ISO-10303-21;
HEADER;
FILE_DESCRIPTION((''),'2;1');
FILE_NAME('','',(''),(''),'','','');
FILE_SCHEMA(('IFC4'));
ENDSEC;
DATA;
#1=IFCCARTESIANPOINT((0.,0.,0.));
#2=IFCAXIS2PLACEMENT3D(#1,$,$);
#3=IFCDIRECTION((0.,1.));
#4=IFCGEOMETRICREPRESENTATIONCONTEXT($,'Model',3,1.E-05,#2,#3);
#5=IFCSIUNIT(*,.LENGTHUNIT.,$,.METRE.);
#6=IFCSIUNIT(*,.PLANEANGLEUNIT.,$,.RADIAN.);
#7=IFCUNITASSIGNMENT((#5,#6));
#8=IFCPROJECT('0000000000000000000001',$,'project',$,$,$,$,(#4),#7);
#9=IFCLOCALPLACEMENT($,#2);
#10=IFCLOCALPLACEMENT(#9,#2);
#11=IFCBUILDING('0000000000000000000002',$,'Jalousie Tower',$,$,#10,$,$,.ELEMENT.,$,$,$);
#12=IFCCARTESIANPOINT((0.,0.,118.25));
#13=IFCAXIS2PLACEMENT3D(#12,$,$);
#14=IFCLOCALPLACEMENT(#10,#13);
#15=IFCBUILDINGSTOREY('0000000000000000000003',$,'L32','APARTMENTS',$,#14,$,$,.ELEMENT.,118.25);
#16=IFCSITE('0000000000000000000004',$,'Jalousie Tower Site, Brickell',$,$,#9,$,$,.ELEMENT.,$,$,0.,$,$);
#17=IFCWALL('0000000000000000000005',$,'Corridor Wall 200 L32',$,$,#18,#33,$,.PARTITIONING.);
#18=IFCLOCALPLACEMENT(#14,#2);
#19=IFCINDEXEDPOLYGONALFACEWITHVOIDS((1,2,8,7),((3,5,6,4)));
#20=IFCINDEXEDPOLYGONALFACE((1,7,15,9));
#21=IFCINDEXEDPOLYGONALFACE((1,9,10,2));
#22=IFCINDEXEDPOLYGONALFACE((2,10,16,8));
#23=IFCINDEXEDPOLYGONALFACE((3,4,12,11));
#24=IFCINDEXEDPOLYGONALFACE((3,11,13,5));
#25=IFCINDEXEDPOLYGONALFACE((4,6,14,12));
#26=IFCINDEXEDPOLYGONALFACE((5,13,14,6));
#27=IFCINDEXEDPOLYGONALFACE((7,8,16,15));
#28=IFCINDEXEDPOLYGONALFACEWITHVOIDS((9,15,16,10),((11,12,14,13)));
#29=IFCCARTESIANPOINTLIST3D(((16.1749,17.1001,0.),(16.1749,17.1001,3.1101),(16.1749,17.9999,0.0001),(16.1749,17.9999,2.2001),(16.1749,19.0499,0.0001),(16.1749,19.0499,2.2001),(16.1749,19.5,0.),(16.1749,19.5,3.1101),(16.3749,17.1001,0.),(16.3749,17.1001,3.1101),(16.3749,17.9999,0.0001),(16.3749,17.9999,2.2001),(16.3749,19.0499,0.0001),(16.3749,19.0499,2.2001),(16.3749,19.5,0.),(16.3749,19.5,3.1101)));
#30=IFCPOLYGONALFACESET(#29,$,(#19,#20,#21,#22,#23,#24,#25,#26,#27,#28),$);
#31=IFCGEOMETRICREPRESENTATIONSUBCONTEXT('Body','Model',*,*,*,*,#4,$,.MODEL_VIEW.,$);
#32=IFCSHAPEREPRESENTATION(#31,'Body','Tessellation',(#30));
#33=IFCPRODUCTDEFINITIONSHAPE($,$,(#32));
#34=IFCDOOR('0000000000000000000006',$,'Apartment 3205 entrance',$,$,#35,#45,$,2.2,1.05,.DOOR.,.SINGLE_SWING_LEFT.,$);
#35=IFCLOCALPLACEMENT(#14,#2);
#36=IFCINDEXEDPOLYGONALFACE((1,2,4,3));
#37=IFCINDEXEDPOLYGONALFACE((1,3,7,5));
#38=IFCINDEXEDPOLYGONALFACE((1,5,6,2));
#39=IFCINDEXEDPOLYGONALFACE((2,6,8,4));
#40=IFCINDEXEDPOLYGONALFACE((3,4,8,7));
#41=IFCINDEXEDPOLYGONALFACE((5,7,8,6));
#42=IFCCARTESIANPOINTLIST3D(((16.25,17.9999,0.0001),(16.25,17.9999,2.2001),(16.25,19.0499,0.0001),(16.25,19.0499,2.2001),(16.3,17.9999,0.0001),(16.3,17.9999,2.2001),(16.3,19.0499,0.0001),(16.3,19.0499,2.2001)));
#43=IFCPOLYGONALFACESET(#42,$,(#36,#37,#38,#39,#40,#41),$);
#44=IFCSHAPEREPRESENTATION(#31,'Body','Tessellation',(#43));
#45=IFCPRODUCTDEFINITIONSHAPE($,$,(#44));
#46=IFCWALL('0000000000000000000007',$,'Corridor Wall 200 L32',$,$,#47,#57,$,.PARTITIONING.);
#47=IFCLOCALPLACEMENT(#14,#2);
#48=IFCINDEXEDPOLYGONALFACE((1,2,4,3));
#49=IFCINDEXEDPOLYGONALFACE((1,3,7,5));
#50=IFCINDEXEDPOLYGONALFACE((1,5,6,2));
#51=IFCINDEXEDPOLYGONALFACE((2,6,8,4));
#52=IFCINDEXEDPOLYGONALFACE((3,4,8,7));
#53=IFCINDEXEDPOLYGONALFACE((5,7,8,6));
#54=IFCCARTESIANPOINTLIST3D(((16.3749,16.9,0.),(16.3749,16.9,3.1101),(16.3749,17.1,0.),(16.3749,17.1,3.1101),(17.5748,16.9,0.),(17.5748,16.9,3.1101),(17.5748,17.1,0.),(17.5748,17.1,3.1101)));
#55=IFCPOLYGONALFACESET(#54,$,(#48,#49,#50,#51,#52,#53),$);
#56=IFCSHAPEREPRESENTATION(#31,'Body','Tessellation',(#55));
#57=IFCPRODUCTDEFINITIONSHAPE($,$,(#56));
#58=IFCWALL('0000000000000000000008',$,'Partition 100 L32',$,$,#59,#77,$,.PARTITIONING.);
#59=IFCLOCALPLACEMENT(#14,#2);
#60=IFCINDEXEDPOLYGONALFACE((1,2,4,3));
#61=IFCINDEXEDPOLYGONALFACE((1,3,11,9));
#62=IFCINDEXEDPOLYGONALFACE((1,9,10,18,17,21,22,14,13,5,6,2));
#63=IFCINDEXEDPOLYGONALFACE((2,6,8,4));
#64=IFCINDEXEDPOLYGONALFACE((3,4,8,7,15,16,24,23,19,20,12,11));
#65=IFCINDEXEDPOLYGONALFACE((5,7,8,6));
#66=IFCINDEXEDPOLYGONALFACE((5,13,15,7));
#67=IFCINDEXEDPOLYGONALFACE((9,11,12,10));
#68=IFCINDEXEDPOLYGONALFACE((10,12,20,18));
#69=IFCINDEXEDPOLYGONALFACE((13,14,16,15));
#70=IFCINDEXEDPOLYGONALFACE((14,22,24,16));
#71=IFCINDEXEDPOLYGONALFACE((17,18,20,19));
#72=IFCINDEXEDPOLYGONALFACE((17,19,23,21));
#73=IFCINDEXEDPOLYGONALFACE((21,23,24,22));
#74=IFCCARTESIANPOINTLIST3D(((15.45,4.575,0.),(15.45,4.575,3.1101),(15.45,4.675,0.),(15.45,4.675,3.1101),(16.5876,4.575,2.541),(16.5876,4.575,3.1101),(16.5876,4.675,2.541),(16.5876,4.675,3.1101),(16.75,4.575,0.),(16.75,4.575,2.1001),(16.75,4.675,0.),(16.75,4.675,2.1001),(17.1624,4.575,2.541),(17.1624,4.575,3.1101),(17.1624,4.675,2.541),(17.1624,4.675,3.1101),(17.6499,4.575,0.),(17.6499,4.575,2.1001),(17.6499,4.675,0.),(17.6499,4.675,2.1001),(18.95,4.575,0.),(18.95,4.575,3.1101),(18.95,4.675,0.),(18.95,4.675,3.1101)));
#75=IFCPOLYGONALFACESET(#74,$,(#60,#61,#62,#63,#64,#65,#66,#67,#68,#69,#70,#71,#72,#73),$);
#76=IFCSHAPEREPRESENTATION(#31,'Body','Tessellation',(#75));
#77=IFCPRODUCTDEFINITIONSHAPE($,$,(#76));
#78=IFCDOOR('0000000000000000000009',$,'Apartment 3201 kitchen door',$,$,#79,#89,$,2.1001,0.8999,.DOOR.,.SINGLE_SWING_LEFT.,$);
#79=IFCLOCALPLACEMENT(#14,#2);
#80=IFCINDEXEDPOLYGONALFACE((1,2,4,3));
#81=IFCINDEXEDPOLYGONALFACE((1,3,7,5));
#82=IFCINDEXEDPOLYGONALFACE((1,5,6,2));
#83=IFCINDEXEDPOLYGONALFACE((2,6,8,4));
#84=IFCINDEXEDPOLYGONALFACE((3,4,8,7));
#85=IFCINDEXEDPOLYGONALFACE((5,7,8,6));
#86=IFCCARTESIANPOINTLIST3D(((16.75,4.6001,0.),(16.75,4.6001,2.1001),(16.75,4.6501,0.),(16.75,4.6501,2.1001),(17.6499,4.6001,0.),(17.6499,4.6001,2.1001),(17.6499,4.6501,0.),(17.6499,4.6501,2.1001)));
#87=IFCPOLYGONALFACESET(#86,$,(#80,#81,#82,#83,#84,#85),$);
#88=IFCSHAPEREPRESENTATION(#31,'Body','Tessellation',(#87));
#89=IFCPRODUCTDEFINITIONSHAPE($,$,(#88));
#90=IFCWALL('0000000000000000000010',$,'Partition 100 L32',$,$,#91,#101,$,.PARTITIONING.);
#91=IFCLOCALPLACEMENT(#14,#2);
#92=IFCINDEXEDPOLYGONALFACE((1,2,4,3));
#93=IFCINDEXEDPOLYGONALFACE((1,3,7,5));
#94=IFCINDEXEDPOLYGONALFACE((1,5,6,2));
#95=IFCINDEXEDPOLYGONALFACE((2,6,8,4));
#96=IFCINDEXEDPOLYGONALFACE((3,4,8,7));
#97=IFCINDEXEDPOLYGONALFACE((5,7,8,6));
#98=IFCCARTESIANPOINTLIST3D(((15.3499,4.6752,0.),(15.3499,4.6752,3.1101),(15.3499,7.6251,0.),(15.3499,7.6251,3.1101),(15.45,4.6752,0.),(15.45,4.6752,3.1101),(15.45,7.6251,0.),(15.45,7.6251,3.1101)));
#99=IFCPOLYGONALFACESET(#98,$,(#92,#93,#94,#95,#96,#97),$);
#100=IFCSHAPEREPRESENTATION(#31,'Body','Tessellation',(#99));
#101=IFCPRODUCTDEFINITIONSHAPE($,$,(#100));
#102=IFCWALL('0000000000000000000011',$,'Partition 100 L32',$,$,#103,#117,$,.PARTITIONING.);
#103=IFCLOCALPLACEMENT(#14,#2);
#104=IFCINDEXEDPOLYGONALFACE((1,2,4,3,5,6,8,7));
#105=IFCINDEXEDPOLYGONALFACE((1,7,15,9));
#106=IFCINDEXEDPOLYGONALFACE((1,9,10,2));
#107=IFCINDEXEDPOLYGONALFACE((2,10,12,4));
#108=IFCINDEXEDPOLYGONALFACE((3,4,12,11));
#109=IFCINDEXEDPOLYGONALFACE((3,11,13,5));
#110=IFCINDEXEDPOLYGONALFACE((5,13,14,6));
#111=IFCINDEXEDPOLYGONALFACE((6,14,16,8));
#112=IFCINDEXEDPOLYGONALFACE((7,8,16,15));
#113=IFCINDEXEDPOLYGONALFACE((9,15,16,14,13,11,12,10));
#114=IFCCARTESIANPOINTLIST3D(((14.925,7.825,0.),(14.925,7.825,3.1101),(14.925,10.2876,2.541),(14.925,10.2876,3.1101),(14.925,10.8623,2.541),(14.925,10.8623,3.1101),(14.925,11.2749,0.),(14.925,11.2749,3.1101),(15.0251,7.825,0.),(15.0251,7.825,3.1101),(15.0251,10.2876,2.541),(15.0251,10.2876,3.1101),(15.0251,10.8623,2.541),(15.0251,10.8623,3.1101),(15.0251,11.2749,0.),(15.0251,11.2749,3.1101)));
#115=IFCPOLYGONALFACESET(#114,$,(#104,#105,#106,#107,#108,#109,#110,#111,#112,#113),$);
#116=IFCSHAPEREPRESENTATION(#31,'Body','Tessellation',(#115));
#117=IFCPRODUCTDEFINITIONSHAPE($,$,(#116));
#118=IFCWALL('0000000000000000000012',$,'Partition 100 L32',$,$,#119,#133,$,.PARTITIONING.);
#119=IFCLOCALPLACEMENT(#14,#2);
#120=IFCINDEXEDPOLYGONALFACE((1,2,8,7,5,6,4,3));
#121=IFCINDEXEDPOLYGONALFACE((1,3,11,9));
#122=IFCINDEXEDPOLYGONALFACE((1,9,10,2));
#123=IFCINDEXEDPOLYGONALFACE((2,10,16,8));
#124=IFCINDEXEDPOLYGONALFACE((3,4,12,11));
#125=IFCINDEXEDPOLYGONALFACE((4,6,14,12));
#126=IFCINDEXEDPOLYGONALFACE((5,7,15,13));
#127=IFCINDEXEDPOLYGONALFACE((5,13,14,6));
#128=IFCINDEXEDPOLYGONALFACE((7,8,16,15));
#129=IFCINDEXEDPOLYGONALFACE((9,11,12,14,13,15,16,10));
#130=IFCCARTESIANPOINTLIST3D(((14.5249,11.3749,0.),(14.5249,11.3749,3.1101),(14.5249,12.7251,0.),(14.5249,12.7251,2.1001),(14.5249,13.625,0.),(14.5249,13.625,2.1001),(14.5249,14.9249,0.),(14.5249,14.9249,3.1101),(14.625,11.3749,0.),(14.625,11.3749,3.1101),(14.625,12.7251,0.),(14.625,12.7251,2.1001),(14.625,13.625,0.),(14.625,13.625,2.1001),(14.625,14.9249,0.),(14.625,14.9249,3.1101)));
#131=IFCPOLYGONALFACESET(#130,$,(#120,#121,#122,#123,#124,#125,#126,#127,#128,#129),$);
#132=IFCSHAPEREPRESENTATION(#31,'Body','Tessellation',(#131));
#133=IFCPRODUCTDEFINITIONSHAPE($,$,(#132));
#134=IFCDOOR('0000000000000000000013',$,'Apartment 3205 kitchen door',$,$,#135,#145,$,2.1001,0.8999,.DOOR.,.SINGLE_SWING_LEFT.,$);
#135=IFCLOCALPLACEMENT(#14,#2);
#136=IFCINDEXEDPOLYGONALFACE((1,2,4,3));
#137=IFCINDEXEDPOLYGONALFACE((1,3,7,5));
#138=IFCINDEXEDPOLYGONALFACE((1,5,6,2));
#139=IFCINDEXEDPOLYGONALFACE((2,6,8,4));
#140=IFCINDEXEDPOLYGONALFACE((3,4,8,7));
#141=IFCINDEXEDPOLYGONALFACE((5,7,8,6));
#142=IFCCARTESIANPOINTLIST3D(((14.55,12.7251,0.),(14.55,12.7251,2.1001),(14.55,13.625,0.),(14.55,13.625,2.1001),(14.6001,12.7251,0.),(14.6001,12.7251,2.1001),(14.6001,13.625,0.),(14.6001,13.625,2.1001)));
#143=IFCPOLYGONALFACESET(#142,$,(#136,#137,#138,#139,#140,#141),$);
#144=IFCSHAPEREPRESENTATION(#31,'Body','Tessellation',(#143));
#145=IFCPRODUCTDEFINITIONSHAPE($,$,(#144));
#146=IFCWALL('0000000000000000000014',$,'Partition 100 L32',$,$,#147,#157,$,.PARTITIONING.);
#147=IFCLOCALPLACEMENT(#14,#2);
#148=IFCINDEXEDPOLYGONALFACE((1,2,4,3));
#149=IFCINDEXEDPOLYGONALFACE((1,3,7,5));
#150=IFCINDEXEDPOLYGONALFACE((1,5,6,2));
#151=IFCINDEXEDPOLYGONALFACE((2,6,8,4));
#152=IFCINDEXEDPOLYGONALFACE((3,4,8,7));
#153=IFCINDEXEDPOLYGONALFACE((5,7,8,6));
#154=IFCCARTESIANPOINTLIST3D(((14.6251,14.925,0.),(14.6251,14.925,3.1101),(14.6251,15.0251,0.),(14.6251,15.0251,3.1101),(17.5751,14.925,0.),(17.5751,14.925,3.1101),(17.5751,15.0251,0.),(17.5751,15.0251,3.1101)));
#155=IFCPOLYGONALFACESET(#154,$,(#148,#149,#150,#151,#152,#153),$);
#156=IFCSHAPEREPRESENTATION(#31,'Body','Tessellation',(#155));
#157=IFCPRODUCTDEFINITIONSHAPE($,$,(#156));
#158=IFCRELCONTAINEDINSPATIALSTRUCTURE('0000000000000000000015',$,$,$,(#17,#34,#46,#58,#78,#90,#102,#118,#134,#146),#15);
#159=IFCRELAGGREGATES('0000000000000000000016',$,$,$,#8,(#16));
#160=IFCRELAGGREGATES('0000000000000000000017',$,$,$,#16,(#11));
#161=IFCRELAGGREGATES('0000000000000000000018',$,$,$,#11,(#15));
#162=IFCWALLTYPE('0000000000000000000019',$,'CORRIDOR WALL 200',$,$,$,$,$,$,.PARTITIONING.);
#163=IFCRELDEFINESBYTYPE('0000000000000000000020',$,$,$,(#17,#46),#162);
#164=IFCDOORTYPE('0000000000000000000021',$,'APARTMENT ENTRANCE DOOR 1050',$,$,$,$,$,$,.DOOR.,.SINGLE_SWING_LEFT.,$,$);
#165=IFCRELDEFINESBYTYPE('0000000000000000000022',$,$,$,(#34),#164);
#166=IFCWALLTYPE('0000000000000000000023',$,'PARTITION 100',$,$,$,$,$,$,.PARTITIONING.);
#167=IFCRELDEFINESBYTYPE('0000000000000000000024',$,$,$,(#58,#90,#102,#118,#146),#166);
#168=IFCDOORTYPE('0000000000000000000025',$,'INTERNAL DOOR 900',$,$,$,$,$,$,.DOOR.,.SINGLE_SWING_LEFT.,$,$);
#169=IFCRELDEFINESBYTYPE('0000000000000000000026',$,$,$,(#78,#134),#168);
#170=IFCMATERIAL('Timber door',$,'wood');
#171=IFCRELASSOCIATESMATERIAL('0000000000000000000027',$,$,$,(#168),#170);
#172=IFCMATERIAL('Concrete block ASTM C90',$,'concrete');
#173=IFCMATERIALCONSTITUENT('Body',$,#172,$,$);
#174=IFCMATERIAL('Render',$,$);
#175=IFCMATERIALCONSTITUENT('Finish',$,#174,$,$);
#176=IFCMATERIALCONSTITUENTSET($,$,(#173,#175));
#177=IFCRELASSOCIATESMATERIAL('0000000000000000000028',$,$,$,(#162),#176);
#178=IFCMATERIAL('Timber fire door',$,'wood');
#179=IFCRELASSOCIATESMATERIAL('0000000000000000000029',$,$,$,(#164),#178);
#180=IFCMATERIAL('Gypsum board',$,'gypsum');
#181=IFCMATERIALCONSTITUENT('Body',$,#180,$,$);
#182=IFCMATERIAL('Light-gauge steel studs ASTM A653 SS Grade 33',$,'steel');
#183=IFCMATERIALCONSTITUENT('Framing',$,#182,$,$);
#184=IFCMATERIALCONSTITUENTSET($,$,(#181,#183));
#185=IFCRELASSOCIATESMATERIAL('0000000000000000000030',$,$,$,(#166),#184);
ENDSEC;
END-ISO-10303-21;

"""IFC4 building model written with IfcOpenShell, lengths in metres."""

from ifc_helpers import new_model, si_unit, direction, frame, frame_2d, origin, place, context, subcontext, project, spatial, polyline, rectangle, outline, extrude, material, constituent, constituent_set, type_object, element, fill, save


model = new_model("IFC4")

# Units and contexts
model_context = context("Model", 3, precision=1e-05, world=origin(), true_north=direction((0.0, 1.0)))
body_context = subcontext(model_context, "Body", "Model", "MODEL_VIEW")
ifc_project = project(units=[si_unit("LENGTHUNIT", "METRE"), si_unit("PLANEANGLEUNIT", "RADIAN")], contexts=[model_context])

# Site, building, storey
site_placement = place(None, origin())
site = spatial("IfcSite", under=ifc_project, at=site_placement, Name="Jalousie Tower Site, Brickell", CompositionType="ELEMENT", RefElevation=0.0)
building_placement = place(site_placement, origin())
building = spatial("IfcBuilding", under=site, at=building_placement, Name="Jalousie Tower", CompositionType="ELEMENT")
storey_placement = place(building_placement, frame((0.0, 0.0, 118.25)))
storey = spatial("IfcBuildingStorey", under=building, at=storey_placement, Name="L32", Description="APARTMENTS", CompositionType="ELEMENT", Elevation=118.25)

# Shared definitions
ifc_material_1 = material(Name="Timber door", Category="wood")
door_type_1 = type_object("IfcDoorType", Name="INTERNAL DOOR 900", OperationType="SINGLE_SWING_LEFT", PredefinedType="DOOR", material=ifc_material_1)

# Shared definitions
ifc_material_2 = material(Name="Concrete block ASTM C90", Category="concrete")
ifc_constituent_1 = constituent(ifc_material_2, Name="Body")
ifc_material_3 = material(Name="Render")
ifc_constituent_2 = constituent(ifc_material_3, Name="Finish")
ifc_constituent_set_1 = constituent_set(constituents=[ifc_constituent_1, ifc_constituent_2])
wall_type_1 = type_object("IfcWallType", Name="CORRIDOR WALL 200", PredefinedType="PARTITIONING", material=ifc_constituent_set_1)
ifc_material_4 = material(Name="Timber fire door", Category="wood")
door_type_2 = type_object("IfcDoorType", Name="APARTMENT ENTRANCE DOOR 1050", OperationType="SINGLE_SWING_LEFT", PredefinedType="DOOR", material=ifc_material_4)

# Wall, opening, door
wall_1_placement = place(storey_placement, frame((16.2749, 17.1001, 0.0), z_axis=(0.0, 0.0, 1.0), x_axis=(0.0, 1.0, 0.0)))
wall_1 = element("IfcWall", 1, at=wall_1_placement, inside=storey, type_object=wall_type_1, Name="Corridor Wall 200 L32", PredefinedType="PARTITIONING", context=body_context, shape_type="SweptSolid", body=[
    extrude(rectangle(XDim=2.3999, YDim=0.2, at=frame_2d((1.2, 0.0))), origin(), (0.0, 0.0, 1.0), 3.1101),
])
opening_1_placement = place(wall_1_placement, frame((0.8999, 0.0, 0.0)))
opening_1 = element("IfcOpeningElement", 2, at=opening_1_placement, cuts=wall_1, PredefinedType="OPENING", context=body_context, shape_type="SweptSolid", body=[
    extrude(rectangle(XDim=1.05, YDim=2.2, at=frame_2d((0.5249, 1.1001))), frame((0.0, 0.1099, 0.0), z_axis=(0.0, -1.0, 0.0), x_axis=(1.0, 0.0, 0.0)), (0.0, 0.0, 1.0), 0.22),
])
door_1_placement = place(opening_1_placement, origin())
door_1 = element("IfcDoor", 3, at=door_1_placement, inside=storey, type_object=door_type_2, Name="Apartment 3205 entrance", OperationType="SINGLE_SWING_LEFT", OverallHeight=2.2, OverallWidth=1.05, PredefinedType="DOOR", context=body_context, shape_type="SweptSolid", body=[
    extrude(rectangle(XDim=1.05, YDim=2.2, at=frame_2d((0.5249, 1.1001))), frame((0.0, 0.0249, 0.0), z_axis=(0.0, -1.0, 0.0), x_axis=(1.0, 0.0, 0.0)), (0.0, 0.0, 1.0), 0.05),
])
fill(opening_1, door_1)

# Wall
wall_2_placement = place(storey_placement, frame((17.575, 17.0, 0.0), z_axis=(0.0, 0.0, 1.0), x_axis=(-1.0, 0.0, 0.0)))
element("IfcWall", 4, at=wall_2_placement, inside=storey, type_object=wall_type_1, Name="Corridor Wall 200 L32", PredefinedType="PARTITIONING", context=body_context, shape_type="SweptSolid", body=[
    extrude(rectangle(XDim=1.2, YDim=0.2, at=frame_2d((0.6001, 0.0))), origin(), (0.0, 0.0, 1.0), 3.1101),
])

# Wall, opening, door
ifc_material_5 = material(Name="Gypsum board", Category="gypsum")
ifc_constituent_3 = constituent(ifc_material_5, Name="Body")
ifc_material_6 = material(Name="Light-gauge steel studs ASTM A653 SS Grade 33", Category="steel")
ifc_constituent_4 = constituent(ifc_material_6, Name="Framing")
ifc_constituent_set_2 = constituent_set(constituents=[ifc_constituent_3, ifc_constituent_4])
wall_type_2 = type_object("IfcWallType", Name="PARTITION 100", PredefinedType="PARTITIONING", material=ifc_constituent_set_2)
wall_3_placement = place(storey_placement, frame((15.45, 4.625, 0.0), z_axis=(0.0, 0.0, 1.0), x_axis=(1.0, 0.0, 0.0)))
wall_3 = element("IfcWall", 5, at=wall_3_placement, inside=storey, type_object=wall_type_2, Name="Partition 100 L32", PredefinedType="PARTITIONING", context=body_context, shape_type="SweptSolid", body=[
    extrude(outline(polyline([(0.0, 0.0), (3.5, 0.0), (3.5, 3.1101), (1.7124, 3.1101), (1.7124, 2.541), (1.1377, 2.541), (1.1377, 3.1101), (0.0, 3.1101), (0.0, 0.0)])), frame((0.0, 0.05, 0.0), z_axis=(0.0, -1.0, 0.0), x_axis=(1.0, 0.0, 0.0)), (0.0, 0.0, 1.0), 0.1001),
])
opening_2_placement = place(wall_3_placement, frame((1.3, 0.0, 0.0)))
opening_2 = element("IfcOpeningElement", 6, at=opening_2_placement, cuts=wall_3, PredefinedType="OPENING", context=body_context, shape_type="SweptSolid", body=[
    extrude(rectangle(XDim=0.8999, YDim=2.1001, at=frame_2d((0.45, 1.05))), frame((0.0, 0.0601, 0.0), z_axis=(0.0, -1.0, 0.0), x_axis=(1.0, 0.0, 0.0)), (0.0, 0.0, 1.0), 0.1201),
])
door_2_placement = place(opening_2_placement, frame((0.8999, 0.0, 0.0), z_axis=(0.0, 0.0, 1.0), x_axis=(-1.0, 0.0, 0.0)))
door_2 = element("IfcDoor", 7, at=door_2_placement, inside=storey, type_object=door_type_1, Name="Apartment 3201 kitchen door", OperationType="SINGLE_SWING_LEFT", OverallHeight=2.1001, OverallWidth=0.8999, PredefinedType="DOOR", context=body_context, shape_type="SweptSolid", body=[
    extrude(rectangle(XDim=0.8999, YDim=2.1001, at=frame_2d((0.45, 1.05))), frame((0.0, 0.0249, 0.0), z_axis=(0.0, -1.0, 0.0), x_axis=(1.0, 0.0, 0.0)), (0.0, 0.0, 1.0), 0.05),
])
fill(opening_2, door_2)

# Walls
wall_4_placement = place(storey_placement, frame((15.3999, 4.675, 0.0), z_axis=(0.0, 0.0, 1.0), x_axis=(0.0, 1.0, 0.0)))
element("IfcWall", 8, at=wall_4_placement, inside=storey, type_object=wall_type_2, Name="Partition 100 L32", PredefinedType="PARTITIONING", context=body_context, shape_type="SweptSolid", body=[
    extrude(rectangle(XDim=2.95, YDim=0.1001, at=frame_2d((1.4751, 0.0))), origin(), (0.0, 0.0, 1.0), 3.1101),
])
wall_5_placement = place(storey_placement, frame((14.9751, 7.825, 0.0), z_axis=(0.0, 0.0, 1.0), x_axis=(0.0, 1.0, 0.0)))
element("IfcWall", 9, at=wall_5_placement, inside=storey, type_object=wall_type_2, Name="Partition 100 L32", PredefinedType="PARTITIONING", context=body_context, shape_type="SweptSolid", body=[
    extrude(outline(polyline([(0.0, 0.0), (3.45, 0.0), (3.45, 3.1101), (3.0374, 3.1101), (3.0374, 2.541), (2.4626, 2.541), (2.4626, 3.1101), (0.0, 3.1101), (0.0, 0.0)])), frame((0.0, 0.05, 0.0), z_axis=(0.0, -1.0, 0.0), x_axis=(1.0, 0.0, 0.0)), (0.0, 0.0, 1.0), 0.1001),
])

# Wall, opening, door
wall_6_placement = place(storey_placement, frame((14.575, 11.375, 0.0), z_axis=(0.0, 0.0, 1.0), x_axis=(0.0, 1.0, 0.0)))
wall_6 = element("IfcWall", 10, at=wall_6_placement, inside=storey, type_object=wall_type_2, Name="Partition 100 L32", PredefinedType="PARTITIONING", context=body_context, shape_type="SweptSolid", body=[
    extrude(rectangle(XDim=3.55, YDim=0.1001, at=frame_2d((1.7749, 0.0))), origin(), (0.0, 0.0, 1.0), 3.1101),
])
opening_3_placement = place(wall_6_placement, frame((1.3501, 0.0, 0.0)))
opening_3 = element("IfcOpeningElement", 11, at=opening_3_placement, cuts=wall_6, PredefinedType="OPENING", context=body_context, shape_type="SweptSolid", body=[
    extrude(rectangle(XDim=0.8999, YDim=2.1001, at=frame_2d((0.45, 1.05))), frame((0.0, 0.0601, 0.0), z_axis=(0.0, -1.0, 0.0), x_axis=(1.0, 0.0, 0.0)), (0.0, 0.0, 1.0), 0.1201),
])
door_3_placement = place(opening_3_placement, origin())
door_3 = element("IfcDoor", 12, at=door_3_placement, inside=storey, type_object=door_type_1, Name="Apartment 3205 kitchen door", OperationType="SINGLE_SWING_LEFT", OverallHeight=2.1001, OverallWidth=0.8999, PredefinedType="DOOR", context=body_context, shape_type="SweptSolid", body=[
    extrude(rectangle(XDim=0.8999, YDim=2.1001, at=frame_2d((0.45, 1.05))), frame((0.0, 0.0249, 0.0), z_axis=(0.0, -1.0, 0.0), x_axis=(1.0, 0.0, 0.0)), (0.0, 0.0, 1.0), 0.05),
])
fill(opening_3, door_3)

# Wall
wall_7_placement = place(storey_placement, frame((14.625, 14.9751, 0.0), z_axis=(0.0, 0.0, 1.0), x_axis=(1.0, 0.0, 0.0)))
element("IfcWall", 13, at=wall_7_placement, inside=storey, type_object=wall_type_2, Name="Partition 100 L32", PredefinedType="PARTITIONING", context=body_context, shape_type="SweptSolid", body=[
    extrude(rectangle(XDim=2.95, YDim=0.1001, at=frame_2d((1.4751, 0.0))), origin(), (0.0, 0.0, 1.0), 3.1101),
])

save(model, "model.ifc")
